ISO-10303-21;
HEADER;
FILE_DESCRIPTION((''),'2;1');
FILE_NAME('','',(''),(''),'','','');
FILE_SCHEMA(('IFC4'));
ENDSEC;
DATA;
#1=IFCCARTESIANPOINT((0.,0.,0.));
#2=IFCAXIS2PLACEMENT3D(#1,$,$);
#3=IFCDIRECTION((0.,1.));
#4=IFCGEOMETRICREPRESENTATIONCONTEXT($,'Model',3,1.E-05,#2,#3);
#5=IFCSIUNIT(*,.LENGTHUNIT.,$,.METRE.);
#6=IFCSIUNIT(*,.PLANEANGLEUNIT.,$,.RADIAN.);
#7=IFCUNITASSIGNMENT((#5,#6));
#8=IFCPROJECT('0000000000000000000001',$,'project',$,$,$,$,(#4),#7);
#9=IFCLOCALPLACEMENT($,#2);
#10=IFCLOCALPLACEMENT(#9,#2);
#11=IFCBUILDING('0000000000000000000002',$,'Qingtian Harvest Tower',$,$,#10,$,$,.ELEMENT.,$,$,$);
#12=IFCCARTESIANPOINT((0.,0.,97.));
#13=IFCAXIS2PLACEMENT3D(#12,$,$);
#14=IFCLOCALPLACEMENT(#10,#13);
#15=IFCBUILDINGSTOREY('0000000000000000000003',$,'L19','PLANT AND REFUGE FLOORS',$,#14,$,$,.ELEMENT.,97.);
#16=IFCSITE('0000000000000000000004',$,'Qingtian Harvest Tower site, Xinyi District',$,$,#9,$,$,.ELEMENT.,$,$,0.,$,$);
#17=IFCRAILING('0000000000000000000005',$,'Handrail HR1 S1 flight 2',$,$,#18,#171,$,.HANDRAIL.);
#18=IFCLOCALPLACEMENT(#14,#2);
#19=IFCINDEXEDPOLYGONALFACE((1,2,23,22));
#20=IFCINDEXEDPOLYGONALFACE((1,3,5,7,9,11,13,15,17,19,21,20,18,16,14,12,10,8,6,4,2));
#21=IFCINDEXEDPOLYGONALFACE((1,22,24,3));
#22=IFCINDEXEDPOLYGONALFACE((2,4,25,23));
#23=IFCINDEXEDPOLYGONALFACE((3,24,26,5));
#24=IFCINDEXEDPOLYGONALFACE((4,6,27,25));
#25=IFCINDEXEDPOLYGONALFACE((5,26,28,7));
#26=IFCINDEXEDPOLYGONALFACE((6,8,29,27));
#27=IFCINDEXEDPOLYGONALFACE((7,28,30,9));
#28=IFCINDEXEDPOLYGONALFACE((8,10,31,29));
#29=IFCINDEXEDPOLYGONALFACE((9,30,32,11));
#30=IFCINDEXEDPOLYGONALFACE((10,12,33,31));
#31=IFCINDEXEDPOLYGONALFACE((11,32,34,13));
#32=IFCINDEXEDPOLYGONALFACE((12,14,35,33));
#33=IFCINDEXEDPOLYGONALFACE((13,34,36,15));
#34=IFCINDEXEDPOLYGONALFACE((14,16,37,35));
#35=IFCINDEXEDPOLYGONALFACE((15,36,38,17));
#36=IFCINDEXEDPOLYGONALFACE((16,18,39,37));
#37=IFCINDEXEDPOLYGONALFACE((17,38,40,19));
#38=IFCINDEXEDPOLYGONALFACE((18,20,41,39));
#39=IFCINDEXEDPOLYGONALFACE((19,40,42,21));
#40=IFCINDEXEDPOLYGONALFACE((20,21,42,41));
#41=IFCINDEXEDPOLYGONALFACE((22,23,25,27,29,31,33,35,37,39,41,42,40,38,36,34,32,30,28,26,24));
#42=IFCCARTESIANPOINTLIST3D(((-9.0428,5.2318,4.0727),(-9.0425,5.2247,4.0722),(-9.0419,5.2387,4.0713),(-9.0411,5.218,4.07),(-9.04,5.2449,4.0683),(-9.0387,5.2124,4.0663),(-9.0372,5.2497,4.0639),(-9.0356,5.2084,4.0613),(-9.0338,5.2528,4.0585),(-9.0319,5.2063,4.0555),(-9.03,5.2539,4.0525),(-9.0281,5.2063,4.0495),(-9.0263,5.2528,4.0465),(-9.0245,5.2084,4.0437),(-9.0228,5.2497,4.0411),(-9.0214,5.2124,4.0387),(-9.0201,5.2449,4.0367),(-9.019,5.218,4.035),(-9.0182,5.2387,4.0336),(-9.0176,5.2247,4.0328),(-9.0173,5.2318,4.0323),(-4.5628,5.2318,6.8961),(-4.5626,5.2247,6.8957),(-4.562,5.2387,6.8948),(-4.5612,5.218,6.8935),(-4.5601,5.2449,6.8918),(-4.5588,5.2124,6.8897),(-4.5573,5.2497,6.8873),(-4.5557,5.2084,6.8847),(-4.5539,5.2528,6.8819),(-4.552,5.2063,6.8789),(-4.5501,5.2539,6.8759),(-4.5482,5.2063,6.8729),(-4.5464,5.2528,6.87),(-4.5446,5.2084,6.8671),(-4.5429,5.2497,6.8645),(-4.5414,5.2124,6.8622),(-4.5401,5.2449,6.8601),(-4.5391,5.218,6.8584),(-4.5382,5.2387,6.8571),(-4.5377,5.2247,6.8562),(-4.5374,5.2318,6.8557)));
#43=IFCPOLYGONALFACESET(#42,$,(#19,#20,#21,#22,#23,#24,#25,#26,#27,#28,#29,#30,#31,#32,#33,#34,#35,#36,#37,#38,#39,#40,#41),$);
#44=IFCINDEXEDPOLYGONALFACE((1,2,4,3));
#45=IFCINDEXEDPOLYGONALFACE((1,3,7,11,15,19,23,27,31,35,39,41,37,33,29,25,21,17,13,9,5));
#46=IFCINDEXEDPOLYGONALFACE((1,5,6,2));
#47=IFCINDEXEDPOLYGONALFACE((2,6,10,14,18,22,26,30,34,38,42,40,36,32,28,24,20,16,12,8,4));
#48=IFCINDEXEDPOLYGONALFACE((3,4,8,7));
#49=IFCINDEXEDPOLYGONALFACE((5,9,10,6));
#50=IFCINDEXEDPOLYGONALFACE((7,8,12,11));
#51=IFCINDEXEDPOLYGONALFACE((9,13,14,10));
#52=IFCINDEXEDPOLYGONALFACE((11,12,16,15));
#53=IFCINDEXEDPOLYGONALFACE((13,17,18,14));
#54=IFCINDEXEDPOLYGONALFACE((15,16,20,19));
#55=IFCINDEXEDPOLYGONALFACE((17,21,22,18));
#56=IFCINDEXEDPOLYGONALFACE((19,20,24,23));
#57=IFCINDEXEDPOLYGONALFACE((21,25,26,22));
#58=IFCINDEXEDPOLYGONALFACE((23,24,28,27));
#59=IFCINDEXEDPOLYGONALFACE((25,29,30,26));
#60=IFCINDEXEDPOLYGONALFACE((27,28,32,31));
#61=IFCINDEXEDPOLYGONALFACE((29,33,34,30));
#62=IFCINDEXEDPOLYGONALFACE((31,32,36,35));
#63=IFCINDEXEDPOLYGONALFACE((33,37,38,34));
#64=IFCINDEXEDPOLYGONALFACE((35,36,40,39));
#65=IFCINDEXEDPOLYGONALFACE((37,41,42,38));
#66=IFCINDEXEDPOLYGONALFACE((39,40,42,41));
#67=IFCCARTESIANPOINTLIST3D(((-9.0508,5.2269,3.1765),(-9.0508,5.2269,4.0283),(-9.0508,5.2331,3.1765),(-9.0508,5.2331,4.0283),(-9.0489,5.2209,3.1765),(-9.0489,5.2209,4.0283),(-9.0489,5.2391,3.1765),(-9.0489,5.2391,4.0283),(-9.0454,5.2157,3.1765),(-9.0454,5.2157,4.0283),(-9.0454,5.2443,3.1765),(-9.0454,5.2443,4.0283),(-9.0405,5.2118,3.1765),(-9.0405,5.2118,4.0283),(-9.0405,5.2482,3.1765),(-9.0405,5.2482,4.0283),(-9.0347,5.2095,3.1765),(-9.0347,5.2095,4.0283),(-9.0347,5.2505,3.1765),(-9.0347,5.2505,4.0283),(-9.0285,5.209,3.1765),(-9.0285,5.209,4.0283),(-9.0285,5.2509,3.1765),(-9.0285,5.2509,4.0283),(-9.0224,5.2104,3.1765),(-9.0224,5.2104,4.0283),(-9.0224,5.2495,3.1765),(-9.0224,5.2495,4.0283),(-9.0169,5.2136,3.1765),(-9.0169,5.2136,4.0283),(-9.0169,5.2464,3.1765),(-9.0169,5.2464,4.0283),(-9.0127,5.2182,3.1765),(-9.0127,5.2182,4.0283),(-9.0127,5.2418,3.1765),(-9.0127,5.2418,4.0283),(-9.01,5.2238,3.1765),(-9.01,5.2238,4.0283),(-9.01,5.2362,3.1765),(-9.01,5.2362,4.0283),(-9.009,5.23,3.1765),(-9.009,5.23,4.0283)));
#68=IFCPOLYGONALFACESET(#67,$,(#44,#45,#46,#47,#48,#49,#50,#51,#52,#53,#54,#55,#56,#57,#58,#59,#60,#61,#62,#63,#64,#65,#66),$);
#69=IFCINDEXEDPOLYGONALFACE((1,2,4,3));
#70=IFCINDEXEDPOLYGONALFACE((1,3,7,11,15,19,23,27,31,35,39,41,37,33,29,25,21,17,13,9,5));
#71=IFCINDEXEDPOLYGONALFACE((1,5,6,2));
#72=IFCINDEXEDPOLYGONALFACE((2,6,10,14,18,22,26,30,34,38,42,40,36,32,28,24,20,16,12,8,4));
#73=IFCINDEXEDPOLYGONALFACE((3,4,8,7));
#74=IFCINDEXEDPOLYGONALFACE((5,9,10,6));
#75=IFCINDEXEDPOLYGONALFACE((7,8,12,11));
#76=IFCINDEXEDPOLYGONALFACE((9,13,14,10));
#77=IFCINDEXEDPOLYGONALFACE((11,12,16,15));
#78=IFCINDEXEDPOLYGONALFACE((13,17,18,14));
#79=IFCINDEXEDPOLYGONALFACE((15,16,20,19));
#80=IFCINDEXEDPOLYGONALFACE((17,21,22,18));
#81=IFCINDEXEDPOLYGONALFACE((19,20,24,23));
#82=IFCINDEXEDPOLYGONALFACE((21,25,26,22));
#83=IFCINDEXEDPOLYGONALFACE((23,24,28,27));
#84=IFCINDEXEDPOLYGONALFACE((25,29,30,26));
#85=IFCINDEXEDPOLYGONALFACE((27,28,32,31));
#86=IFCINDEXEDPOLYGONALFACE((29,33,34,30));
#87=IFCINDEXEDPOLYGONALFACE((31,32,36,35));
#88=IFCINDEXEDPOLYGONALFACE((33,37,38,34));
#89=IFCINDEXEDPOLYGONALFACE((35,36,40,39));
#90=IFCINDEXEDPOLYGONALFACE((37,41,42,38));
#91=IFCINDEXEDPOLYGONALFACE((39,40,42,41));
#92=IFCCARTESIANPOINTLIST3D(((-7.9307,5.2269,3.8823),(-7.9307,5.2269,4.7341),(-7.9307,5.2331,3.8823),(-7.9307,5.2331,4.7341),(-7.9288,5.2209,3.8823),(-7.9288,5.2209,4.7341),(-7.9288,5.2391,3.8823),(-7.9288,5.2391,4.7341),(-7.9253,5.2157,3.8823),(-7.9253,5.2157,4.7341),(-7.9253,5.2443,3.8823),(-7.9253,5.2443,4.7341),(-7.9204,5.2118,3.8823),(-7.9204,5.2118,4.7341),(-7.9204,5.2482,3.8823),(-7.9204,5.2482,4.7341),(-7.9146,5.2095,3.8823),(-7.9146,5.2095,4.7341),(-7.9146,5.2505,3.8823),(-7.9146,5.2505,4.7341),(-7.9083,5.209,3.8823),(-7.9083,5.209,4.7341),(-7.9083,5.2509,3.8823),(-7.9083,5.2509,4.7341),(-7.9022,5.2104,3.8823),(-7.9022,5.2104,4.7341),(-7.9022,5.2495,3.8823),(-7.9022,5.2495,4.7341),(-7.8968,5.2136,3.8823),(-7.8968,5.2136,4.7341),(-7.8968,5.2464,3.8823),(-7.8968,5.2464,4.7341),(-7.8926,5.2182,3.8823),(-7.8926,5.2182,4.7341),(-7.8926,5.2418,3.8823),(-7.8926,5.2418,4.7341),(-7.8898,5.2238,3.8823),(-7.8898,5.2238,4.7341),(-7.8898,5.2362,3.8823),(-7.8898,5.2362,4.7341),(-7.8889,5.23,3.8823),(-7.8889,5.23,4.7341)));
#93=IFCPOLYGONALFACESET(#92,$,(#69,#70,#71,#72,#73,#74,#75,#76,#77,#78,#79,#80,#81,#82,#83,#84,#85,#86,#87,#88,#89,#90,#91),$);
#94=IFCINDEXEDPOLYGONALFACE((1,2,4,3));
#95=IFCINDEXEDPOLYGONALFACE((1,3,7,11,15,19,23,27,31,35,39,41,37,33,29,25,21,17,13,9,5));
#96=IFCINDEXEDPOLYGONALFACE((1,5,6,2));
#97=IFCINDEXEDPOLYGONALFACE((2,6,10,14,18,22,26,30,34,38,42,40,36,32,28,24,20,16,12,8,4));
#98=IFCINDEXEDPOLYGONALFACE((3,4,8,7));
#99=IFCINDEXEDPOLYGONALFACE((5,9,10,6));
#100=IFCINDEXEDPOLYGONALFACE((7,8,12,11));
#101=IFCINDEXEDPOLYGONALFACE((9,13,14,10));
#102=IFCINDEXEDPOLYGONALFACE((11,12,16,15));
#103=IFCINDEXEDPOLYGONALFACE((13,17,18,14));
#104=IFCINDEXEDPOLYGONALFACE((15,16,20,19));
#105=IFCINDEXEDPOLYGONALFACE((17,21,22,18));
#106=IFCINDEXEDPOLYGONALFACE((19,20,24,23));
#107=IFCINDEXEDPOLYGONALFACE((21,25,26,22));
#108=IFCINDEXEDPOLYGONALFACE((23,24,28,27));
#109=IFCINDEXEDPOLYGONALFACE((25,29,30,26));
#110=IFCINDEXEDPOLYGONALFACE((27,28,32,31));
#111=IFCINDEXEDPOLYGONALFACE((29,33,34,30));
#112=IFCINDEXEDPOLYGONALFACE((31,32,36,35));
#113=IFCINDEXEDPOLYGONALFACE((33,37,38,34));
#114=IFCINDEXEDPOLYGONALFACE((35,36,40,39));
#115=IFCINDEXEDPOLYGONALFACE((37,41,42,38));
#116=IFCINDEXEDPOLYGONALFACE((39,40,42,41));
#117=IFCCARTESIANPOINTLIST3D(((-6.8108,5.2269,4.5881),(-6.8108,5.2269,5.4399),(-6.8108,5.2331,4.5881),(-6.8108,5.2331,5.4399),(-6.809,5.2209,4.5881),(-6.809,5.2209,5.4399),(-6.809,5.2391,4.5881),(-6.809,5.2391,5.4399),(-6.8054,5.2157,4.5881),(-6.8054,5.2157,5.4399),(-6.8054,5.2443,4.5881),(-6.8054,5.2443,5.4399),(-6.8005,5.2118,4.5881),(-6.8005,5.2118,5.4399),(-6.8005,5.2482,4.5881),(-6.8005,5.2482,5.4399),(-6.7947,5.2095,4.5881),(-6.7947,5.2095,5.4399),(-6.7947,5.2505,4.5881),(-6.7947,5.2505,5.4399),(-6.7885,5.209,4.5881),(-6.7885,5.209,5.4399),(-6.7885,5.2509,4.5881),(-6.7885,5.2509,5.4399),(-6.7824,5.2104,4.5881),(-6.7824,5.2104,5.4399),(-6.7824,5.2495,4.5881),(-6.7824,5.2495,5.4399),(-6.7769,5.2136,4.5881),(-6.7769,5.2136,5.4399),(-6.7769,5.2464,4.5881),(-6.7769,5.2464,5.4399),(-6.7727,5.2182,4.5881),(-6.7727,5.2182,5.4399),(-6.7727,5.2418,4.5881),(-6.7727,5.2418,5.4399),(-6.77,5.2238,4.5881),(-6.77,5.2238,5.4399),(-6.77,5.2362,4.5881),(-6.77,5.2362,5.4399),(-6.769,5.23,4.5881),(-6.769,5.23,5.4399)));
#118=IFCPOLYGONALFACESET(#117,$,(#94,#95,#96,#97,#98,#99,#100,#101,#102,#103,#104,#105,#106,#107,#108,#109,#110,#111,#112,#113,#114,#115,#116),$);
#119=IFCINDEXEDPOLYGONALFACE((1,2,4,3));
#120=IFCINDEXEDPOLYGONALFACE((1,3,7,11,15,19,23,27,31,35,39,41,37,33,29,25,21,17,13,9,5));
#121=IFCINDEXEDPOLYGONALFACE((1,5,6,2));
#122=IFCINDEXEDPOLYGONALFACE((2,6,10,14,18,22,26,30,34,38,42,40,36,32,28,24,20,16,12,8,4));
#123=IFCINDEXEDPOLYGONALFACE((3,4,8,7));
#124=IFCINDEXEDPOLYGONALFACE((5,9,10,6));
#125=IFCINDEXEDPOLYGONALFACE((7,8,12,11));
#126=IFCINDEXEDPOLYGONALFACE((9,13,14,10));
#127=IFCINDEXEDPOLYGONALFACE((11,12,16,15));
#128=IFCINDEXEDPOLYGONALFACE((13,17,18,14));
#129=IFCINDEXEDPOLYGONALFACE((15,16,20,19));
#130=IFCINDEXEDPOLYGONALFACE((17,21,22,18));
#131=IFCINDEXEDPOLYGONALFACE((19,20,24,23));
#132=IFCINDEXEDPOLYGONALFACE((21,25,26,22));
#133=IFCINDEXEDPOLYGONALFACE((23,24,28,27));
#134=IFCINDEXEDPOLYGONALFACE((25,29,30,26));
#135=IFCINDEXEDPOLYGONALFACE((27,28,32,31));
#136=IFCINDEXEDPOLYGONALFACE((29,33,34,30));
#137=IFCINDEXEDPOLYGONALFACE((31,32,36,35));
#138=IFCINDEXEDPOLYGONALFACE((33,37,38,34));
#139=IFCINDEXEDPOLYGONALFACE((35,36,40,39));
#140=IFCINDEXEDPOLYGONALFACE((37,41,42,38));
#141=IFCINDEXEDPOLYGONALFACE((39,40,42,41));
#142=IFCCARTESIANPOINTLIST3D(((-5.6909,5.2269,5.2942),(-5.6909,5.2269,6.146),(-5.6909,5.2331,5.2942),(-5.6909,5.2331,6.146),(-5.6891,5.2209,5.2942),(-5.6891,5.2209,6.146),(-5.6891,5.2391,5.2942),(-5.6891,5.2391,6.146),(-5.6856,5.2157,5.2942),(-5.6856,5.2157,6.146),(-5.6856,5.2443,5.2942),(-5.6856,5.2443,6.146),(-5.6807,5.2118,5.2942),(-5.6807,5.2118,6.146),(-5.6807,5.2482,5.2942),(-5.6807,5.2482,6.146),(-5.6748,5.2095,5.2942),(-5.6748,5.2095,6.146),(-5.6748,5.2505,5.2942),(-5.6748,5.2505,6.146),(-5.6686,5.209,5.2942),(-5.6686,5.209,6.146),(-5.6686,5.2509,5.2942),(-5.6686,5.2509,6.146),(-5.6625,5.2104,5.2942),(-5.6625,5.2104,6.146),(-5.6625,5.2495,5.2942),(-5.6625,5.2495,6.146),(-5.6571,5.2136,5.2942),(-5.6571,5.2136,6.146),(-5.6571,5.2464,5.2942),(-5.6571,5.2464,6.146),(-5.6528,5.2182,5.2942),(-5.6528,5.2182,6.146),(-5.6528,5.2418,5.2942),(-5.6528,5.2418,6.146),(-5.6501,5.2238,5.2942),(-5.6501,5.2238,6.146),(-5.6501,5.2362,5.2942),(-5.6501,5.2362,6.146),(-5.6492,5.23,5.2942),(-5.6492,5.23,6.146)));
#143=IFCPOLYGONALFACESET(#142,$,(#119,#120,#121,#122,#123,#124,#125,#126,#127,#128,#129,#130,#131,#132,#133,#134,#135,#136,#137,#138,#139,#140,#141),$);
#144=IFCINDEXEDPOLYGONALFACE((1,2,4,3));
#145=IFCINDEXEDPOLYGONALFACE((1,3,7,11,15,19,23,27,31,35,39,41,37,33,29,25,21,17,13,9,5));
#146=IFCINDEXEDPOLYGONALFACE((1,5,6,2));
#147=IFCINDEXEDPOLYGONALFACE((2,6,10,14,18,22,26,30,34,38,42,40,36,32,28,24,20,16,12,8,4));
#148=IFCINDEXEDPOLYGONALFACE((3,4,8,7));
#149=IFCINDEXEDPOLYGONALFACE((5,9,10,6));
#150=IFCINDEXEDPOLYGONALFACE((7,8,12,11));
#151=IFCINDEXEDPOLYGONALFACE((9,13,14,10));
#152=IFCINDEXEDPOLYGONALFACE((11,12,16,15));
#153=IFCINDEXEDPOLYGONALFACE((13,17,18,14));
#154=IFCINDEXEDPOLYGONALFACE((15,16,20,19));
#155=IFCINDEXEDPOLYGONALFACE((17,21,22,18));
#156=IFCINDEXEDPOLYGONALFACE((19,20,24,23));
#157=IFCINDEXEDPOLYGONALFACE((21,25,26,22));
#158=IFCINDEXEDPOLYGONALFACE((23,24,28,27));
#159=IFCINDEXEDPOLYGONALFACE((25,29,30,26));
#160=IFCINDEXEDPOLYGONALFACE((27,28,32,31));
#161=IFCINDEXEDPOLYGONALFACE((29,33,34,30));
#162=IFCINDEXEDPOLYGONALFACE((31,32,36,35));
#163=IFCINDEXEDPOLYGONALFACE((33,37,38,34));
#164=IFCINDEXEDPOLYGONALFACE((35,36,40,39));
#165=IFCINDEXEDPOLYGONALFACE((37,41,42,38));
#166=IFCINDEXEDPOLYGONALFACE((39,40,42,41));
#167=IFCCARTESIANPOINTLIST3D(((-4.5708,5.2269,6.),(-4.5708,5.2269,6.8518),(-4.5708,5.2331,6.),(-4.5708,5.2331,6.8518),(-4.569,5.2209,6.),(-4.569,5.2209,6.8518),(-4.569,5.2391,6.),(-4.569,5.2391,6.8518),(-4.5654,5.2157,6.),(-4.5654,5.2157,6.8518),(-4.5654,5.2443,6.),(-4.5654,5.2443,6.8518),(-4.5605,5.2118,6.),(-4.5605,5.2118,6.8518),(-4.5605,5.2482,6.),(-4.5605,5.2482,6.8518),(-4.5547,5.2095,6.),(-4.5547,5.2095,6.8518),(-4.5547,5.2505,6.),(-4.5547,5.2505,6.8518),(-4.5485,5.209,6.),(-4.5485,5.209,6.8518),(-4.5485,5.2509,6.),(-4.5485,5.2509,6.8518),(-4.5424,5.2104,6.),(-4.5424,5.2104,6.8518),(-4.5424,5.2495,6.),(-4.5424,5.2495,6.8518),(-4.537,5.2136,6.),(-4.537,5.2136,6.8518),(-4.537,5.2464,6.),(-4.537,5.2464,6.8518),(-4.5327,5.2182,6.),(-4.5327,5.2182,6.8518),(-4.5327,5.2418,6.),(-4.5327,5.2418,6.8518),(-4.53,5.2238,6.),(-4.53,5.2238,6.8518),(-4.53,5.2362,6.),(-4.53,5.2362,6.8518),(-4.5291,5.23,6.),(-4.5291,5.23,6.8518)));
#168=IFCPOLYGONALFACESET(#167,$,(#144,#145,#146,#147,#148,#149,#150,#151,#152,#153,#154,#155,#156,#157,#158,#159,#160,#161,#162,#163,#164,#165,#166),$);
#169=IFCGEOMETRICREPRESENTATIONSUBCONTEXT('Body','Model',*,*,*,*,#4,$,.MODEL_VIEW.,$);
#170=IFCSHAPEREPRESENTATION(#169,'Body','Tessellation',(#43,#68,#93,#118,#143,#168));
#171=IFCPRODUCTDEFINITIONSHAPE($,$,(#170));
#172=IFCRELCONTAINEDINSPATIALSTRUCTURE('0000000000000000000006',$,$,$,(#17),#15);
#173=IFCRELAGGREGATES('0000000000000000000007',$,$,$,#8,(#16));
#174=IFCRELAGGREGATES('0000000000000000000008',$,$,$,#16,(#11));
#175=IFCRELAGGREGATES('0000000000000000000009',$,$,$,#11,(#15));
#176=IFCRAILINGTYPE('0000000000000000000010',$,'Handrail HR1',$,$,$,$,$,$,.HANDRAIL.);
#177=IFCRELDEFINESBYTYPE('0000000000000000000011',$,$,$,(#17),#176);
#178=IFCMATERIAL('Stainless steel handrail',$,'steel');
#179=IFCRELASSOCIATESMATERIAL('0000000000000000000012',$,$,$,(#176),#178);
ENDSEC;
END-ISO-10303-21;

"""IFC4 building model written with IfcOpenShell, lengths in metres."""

from ifc_helpers import new_model, si_unit, direction, frame, origin, origin_2d, place, context, subcontext, project, spatial, circle, extrude, material, type_object, element, save


model = new_model("IFC4")

# Units and contexts
model_context = context("Model", 3, precision=1e-05, world=origin(), true_north=direction((0.0, 1.0)))
body_context = subcontext(model_context, "Body", "Model", "MODEL_VIEW")
ifc_project = project(units=[si_unit("LENGTHUNIT", "METRE"), si_unit("PLANEANGLEUNIT", "RADIAN")], contexts=[model_context])

# Site, building, storey
site_placement = place(None, origin())
site = spatial("IfcSite", under=ifc_project, at=site_placement, Name="Qingtian Harvest Tower site, Xinyi District", CompositionType="ELEMENT", RefElevation=0.0)
building_placement = place(site_placement, origin())
building = spatial("IfcBuilding", under=site, at=building_placement, Name="Qingtian Harvest Tower", CompositionType="ELEMENT")
storey_placement = place(building_placement, frame((0.0, 0.0, 97.0)))
storey = spatial("IfcBuildingStorey", under=building, at=storey_placement, Name="L19", Description="PLANT AND REFUGE FLOORS", CompositionType="ELEMENT", Elevation=97.0)

# Railing
ifc_material_1 = material(Name="Stainless steel handrail", Category="steel")
railing_type = type_object("IfcRailingType", Name="Handrail HR1", PredefinedType="HANDRAIL", material=ifc_material_1)
railing_1_placement = place(storey_placement, frame((-9.03, 5.23, 3.1765)))
element("IfcRailing", 1, at=railing_1_placement, inside=storey, type_object=railing_type, Name="Handrail HR1 S1 flight 2", PredefinedType="HANDRAIL", context=body_context, shape_type="SweptSolid", body=[
    extrude(circle(Radius=0.0239, at=origin_2d()), frame((0.0, 0.0, 0.876), z_axis=(0.845998, 0.0, 0.533186), x_axis=(0.0, 1.0, 0.0)), (0.0, 0.0, 1.0), 5.2954),
    extrude(circle(Radius=0.021, at=origin_2d()), origin(), (0.0, 0.0, 1.0), 0.8518),
    extrude(circle(Radius=0.021, at=origin_2d()), frame((1.1201, 0.0, 0.7058)), (0.0, 0.0, 1.0), 0.8518),
    extrude(circle(Radius=0.021, at=origin_2d()), frame((2.24, 0.0, 1.4116)), (0.0, 0.0, 1.0), 0.8518),
    extrude(circle(Radius=0.021, at=origin_2d()), frame((3.3599, 0.0, 2.1177)), (0.0, 0.0, 1.0), 0.8518),
    extrude(circle(Radius=0.021, at=origin_2d()), frame((4.48, 0.0, 2.8235)), (0.0, 0.0, 1.0), 0.8518),
])

save(model, "model.ifc")
